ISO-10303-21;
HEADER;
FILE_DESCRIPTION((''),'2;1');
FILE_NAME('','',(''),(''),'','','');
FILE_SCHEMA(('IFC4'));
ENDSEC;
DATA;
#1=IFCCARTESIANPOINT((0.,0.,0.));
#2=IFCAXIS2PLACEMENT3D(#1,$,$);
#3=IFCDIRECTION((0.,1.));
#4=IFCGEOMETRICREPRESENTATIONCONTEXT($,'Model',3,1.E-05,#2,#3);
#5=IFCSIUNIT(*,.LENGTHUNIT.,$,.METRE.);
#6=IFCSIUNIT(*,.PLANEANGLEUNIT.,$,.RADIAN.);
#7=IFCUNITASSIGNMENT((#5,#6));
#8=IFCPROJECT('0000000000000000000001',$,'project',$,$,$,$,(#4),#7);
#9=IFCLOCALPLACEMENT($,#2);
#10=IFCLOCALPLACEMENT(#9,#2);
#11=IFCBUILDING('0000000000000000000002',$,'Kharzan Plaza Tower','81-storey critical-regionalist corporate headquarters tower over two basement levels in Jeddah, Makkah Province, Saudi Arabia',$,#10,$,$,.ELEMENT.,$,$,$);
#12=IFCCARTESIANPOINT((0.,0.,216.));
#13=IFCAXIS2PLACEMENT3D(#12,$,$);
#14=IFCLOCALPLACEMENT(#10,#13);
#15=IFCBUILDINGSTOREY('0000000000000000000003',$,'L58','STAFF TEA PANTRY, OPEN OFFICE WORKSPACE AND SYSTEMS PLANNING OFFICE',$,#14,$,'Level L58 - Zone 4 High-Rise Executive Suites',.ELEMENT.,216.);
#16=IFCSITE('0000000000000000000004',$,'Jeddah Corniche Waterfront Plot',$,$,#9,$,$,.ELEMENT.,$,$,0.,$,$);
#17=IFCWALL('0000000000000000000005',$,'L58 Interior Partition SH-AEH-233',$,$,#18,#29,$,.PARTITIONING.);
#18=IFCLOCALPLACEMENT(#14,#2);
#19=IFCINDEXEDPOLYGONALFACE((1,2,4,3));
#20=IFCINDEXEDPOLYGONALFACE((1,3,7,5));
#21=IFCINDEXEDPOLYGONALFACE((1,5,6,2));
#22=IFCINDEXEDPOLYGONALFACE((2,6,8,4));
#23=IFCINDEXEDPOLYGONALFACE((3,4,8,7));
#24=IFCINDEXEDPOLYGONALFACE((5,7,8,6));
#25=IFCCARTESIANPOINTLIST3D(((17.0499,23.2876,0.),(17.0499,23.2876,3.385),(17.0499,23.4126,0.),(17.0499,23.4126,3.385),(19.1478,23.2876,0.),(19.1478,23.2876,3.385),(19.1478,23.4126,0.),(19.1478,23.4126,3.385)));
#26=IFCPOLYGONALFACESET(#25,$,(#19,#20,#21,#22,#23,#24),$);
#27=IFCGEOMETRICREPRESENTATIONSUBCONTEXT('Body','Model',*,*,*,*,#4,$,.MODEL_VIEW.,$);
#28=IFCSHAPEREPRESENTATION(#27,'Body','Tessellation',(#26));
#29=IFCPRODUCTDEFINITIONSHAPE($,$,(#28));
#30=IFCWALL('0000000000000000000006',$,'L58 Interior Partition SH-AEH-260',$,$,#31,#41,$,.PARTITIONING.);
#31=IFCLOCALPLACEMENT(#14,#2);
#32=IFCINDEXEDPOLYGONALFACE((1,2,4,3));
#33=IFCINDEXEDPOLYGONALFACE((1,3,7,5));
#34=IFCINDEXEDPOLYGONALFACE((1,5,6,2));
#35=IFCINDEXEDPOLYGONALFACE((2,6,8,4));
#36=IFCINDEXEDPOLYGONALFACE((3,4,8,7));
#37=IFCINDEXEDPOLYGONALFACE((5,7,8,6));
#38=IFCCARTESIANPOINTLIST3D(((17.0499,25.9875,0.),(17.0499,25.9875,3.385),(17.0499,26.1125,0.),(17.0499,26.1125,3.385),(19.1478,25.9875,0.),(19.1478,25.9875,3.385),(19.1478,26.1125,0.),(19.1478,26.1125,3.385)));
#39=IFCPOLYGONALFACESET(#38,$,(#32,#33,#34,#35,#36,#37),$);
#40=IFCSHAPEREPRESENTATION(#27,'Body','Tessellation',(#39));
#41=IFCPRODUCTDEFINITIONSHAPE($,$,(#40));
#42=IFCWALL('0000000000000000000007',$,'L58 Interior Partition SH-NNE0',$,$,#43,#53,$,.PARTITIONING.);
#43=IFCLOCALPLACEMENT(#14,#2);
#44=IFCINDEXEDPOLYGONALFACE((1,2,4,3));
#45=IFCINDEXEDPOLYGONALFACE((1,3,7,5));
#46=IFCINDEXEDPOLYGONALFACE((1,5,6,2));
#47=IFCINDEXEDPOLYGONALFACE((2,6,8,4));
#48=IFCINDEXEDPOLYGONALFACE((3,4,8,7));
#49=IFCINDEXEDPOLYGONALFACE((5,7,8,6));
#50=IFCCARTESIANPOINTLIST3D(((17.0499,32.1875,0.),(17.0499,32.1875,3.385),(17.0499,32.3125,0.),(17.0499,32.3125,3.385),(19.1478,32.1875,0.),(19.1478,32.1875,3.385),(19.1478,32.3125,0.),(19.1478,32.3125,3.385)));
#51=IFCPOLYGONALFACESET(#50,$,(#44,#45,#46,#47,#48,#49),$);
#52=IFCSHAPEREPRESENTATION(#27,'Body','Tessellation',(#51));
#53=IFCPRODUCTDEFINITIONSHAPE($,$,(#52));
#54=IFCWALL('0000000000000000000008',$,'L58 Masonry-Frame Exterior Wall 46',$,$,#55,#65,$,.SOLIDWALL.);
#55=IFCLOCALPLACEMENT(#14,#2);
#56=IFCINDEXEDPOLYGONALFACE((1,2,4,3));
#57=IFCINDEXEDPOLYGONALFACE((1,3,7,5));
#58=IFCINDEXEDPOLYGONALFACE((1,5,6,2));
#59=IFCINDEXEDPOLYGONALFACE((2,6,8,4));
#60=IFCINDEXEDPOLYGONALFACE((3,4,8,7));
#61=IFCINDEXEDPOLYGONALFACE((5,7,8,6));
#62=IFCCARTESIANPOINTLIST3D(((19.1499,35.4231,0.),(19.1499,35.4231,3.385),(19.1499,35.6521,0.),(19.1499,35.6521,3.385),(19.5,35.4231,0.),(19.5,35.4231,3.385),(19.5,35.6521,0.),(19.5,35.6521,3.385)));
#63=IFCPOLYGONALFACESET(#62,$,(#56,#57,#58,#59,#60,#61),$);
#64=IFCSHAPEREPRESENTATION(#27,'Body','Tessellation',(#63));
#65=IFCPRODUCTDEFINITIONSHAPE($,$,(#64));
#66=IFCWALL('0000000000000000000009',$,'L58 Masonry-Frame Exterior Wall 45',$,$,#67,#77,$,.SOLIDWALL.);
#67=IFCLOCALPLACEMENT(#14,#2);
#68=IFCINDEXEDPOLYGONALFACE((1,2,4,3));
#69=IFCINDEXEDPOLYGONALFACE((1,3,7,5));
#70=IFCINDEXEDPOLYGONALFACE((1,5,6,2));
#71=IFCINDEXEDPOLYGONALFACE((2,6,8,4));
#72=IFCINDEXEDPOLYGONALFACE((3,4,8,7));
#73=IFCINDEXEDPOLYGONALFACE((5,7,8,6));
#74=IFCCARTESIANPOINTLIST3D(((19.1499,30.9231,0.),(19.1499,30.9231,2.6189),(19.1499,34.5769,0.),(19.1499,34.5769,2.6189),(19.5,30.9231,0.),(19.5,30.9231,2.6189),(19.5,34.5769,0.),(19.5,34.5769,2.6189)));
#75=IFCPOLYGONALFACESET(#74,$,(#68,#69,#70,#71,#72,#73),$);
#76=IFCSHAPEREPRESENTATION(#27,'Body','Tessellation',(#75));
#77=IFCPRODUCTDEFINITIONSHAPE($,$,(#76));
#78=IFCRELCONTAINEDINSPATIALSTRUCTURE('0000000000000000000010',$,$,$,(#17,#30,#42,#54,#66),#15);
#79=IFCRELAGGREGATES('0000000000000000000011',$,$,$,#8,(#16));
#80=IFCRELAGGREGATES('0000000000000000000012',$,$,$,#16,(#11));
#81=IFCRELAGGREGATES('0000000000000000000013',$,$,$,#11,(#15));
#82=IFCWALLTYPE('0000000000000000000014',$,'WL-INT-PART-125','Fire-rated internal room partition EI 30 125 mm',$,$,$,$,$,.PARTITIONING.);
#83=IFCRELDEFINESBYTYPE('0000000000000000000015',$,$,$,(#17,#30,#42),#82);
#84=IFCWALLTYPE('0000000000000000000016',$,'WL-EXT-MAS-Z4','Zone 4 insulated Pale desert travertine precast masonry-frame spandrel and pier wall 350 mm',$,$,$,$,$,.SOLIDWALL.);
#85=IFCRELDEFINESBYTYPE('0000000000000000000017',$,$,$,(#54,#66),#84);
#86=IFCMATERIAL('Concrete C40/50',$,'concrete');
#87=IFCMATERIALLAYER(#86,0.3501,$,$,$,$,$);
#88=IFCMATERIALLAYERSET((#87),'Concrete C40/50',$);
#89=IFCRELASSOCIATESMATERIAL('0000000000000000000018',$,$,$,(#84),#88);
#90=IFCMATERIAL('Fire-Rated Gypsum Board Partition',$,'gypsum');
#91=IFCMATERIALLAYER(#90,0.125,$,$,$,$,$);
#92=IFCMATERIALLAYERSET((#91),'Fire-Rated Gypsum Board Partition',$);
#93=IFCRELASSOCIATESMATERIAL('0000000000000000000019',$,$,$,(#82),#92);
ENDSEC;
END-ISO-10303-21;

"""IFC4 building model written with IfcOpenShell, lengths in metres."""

from ifc_helpers import new_model, si_unit, direction, frame, frame_2d, origin, place, context, subcontext, project, spatial, rectangle, extrude, source, transform, mapped, material, layer, layer_set, type_object, element, save


model = new_model("IFC4")

# Units and contexts
model_context = context("Model", 3, precision=1e-05, world=origin(), true_north=direction((0.0, 1.0)))
body_context = subcontext(model_context, "Body", "Model", "MODEL_VIEW")
ifc_project = project(units=[si_unit("LENGTHUNIT", "METRE"), si_unit("PLANEANGLEUNIT", "RADIAN")], contexts=[model_context])

# Site, building, storey
site_placement = place(None, origin())
site = spatial("IfcSite", under=ifc_project, at=site_placement, Name="Jeddah Corniche Waterfront Plot", CompositionType="ELEMENT", RefElevation=0.0)
building_placement = place(site_placement, origin())
building = spatial("IfcBuilding", under=site, at=building_placement, Name="Kharzan Plaza Tower", Description="81-storey critical-regionalist corporate headquarters tower over two basement levels in Jeddah, Makkah Province, Saudi Arabia", CompositionType="ELEMENT")
storey_placement = place(building_placement, frame((0.0, 0.0, 216.0)))
storey = spatial("IfcBuildingStorey", under=building, at=storey_placement, Name="L58", Description="STAFF TEA PANTRY, OPEN OFFICE WORKSPACE AND SYSTEMS PLANNING OFFICE", LongName="Level L58 - Zone 4 High-Rise Executive Suites", CompositionType="ELEMENT", Elevation=216.0)

# Shared definitions
ifc_material_1 = material(Name="Concrete C40/50", Category="concrete")
ifc_layer_1 = layer(ifc_material_1, 0.3501)
ifc_layer_set_1 = layer_set([ifc_layer_1], Name="Concrete C40/50")
wall_type_1 = type_object("IfcWallType", Name="WL-EXT-MAS-Z4", Description="Zone 4 insulated Pale desert travertine precast masonry-frame spandrel and pier wall 350 mm", PredefinedType="SOLIDWALL", material=ifc_layer_set_1)

# Shared definitions
ifc_material_2 = material(Name="Fire-Rated Gypsum Board Partition", Category="gypsum")
ifc_layer_2 = layer(ifc_material_2, 0.125)
ifc_layer_set_2 = layer_set([ifc_layer_2], Name="Fire-Rated Gypsum Board Partition")
wall_type_2 = type_object("IfcWallType", Name="WL-INT-PART-125", Description="Fire-rated internal room partition EI 30 125 mm", PredefinedType="PARTITIONING", material=ifc_layer_set_2)

# Walls
shared_shape_1 = source(origin(), body_context, "Body", "SweptSolid", [
    extrude(rectangle(XDim=2.0979, YDim=0.125, at=frame_2d((1.0488, 0.0))), origin(), (0.0, 0.0, 1.0), 3.385),
])
for number, where, z_axis, x_axis, name in (
    (1, (17.05, 23.3501, 0.0), (0.0, 0.0, 1.0), (1.0, 0.0, 0.0), "L58 Interior Partition SH-AEH-233"),
    (2, (17.05, 26.05, 0.0), (0.0, 0.0, 1.0), (1.0, 0.0, 0.0), "L58 Interior Partition SH-AEH-260"),
    (3, (17.05, 32.25, 0.0), (0.0, 0.0, 1.0), (1.0, 0.0, 0.0), "L58 Interior Partition SH-NNE0"),
):
    element("IfcWall", number, at=place(storey_placement, frame(where, z_axis=z_axis, x_axis=x_axis)), inside=storey, type_object=wall_type_2, Name=name, PredefinedType="PARTITIONING", context=body_context, shape_type="MappedRepresentation", body=[
        mapped(shared_shape_1, transform((0.0, 0.0, 0.0), x_axis=(1.0, 0.0, 0.0), y_axis=(0.0, 1.0, 0.0), z_axis=(0.0, 0.0, 1.0))),
    ])
shared_shape_2 = source(origin(), body_context, "Body", "SweptSolid", [
    extrude(rectangle(XDim=0.229, YDim=0.3501, at=frame_2d((0.1145, 0.0))), origin(), (0.0, 0.0, 1.0), 3.385),
])
wall_1_placement = place(storey_placement, frame((19.325, 35.4231, 0.0), z_axis=(0.0, 0.0, 1.0), x_axis=(0.0, 1.0, 0.0)))
element("IfcWall", 4, at=wall_1_placement, inside=storey, type_object=wall_type_1, Name="L58 Masonry-Frame Exterior Wall 46", PredefinedType="SOLIDWALL", context=body_context, shape_type="MappedRepresentation", body=[
    mapped(shared_shape_2, transform((0.0, 0.0, 0.0), x_axis=(1.0, 0.0, 0.0), y_axis=(0.0, 1.0, 0.0), z_axis=(0.0, 0.0, 1.0))),
])
shared_shape_3 = source(origin(), body_context, "Body", "SweptSolid", [
    extrude(rectangle(XDim=3.6538, YDim=0.3501, at=frame_2d((1.8269, 0.0))), origin(), (0.0, 0.0, 1.0), 2.6189),
])
wall_2_placement = place(storey_placement, frame((19.325, 30.9231, 0.0), z_axis=(0.0, 0.0, 1.0), x_axis=(0.0, 1.0, 0.0)))
element("IfcWall", 5, at=wall_2_placement, inside=storey, type_object=wall_type_1, Name="L58 Masonry-Frame Exterior Wall 45", PredefinedType="SOLIDWALL", context=body_context, shape_type="MappedRepresentation", body=[
    mapped(shared_shape_3, transform((0.0, 0.0, 0.0), x_axis=(1.0, 0.0, 0.0), y_axis=(0.0, 1.0, 0.0), z_axis=(0.0, 0.0, 1.0))),
])

save(model, "model.ifc")
